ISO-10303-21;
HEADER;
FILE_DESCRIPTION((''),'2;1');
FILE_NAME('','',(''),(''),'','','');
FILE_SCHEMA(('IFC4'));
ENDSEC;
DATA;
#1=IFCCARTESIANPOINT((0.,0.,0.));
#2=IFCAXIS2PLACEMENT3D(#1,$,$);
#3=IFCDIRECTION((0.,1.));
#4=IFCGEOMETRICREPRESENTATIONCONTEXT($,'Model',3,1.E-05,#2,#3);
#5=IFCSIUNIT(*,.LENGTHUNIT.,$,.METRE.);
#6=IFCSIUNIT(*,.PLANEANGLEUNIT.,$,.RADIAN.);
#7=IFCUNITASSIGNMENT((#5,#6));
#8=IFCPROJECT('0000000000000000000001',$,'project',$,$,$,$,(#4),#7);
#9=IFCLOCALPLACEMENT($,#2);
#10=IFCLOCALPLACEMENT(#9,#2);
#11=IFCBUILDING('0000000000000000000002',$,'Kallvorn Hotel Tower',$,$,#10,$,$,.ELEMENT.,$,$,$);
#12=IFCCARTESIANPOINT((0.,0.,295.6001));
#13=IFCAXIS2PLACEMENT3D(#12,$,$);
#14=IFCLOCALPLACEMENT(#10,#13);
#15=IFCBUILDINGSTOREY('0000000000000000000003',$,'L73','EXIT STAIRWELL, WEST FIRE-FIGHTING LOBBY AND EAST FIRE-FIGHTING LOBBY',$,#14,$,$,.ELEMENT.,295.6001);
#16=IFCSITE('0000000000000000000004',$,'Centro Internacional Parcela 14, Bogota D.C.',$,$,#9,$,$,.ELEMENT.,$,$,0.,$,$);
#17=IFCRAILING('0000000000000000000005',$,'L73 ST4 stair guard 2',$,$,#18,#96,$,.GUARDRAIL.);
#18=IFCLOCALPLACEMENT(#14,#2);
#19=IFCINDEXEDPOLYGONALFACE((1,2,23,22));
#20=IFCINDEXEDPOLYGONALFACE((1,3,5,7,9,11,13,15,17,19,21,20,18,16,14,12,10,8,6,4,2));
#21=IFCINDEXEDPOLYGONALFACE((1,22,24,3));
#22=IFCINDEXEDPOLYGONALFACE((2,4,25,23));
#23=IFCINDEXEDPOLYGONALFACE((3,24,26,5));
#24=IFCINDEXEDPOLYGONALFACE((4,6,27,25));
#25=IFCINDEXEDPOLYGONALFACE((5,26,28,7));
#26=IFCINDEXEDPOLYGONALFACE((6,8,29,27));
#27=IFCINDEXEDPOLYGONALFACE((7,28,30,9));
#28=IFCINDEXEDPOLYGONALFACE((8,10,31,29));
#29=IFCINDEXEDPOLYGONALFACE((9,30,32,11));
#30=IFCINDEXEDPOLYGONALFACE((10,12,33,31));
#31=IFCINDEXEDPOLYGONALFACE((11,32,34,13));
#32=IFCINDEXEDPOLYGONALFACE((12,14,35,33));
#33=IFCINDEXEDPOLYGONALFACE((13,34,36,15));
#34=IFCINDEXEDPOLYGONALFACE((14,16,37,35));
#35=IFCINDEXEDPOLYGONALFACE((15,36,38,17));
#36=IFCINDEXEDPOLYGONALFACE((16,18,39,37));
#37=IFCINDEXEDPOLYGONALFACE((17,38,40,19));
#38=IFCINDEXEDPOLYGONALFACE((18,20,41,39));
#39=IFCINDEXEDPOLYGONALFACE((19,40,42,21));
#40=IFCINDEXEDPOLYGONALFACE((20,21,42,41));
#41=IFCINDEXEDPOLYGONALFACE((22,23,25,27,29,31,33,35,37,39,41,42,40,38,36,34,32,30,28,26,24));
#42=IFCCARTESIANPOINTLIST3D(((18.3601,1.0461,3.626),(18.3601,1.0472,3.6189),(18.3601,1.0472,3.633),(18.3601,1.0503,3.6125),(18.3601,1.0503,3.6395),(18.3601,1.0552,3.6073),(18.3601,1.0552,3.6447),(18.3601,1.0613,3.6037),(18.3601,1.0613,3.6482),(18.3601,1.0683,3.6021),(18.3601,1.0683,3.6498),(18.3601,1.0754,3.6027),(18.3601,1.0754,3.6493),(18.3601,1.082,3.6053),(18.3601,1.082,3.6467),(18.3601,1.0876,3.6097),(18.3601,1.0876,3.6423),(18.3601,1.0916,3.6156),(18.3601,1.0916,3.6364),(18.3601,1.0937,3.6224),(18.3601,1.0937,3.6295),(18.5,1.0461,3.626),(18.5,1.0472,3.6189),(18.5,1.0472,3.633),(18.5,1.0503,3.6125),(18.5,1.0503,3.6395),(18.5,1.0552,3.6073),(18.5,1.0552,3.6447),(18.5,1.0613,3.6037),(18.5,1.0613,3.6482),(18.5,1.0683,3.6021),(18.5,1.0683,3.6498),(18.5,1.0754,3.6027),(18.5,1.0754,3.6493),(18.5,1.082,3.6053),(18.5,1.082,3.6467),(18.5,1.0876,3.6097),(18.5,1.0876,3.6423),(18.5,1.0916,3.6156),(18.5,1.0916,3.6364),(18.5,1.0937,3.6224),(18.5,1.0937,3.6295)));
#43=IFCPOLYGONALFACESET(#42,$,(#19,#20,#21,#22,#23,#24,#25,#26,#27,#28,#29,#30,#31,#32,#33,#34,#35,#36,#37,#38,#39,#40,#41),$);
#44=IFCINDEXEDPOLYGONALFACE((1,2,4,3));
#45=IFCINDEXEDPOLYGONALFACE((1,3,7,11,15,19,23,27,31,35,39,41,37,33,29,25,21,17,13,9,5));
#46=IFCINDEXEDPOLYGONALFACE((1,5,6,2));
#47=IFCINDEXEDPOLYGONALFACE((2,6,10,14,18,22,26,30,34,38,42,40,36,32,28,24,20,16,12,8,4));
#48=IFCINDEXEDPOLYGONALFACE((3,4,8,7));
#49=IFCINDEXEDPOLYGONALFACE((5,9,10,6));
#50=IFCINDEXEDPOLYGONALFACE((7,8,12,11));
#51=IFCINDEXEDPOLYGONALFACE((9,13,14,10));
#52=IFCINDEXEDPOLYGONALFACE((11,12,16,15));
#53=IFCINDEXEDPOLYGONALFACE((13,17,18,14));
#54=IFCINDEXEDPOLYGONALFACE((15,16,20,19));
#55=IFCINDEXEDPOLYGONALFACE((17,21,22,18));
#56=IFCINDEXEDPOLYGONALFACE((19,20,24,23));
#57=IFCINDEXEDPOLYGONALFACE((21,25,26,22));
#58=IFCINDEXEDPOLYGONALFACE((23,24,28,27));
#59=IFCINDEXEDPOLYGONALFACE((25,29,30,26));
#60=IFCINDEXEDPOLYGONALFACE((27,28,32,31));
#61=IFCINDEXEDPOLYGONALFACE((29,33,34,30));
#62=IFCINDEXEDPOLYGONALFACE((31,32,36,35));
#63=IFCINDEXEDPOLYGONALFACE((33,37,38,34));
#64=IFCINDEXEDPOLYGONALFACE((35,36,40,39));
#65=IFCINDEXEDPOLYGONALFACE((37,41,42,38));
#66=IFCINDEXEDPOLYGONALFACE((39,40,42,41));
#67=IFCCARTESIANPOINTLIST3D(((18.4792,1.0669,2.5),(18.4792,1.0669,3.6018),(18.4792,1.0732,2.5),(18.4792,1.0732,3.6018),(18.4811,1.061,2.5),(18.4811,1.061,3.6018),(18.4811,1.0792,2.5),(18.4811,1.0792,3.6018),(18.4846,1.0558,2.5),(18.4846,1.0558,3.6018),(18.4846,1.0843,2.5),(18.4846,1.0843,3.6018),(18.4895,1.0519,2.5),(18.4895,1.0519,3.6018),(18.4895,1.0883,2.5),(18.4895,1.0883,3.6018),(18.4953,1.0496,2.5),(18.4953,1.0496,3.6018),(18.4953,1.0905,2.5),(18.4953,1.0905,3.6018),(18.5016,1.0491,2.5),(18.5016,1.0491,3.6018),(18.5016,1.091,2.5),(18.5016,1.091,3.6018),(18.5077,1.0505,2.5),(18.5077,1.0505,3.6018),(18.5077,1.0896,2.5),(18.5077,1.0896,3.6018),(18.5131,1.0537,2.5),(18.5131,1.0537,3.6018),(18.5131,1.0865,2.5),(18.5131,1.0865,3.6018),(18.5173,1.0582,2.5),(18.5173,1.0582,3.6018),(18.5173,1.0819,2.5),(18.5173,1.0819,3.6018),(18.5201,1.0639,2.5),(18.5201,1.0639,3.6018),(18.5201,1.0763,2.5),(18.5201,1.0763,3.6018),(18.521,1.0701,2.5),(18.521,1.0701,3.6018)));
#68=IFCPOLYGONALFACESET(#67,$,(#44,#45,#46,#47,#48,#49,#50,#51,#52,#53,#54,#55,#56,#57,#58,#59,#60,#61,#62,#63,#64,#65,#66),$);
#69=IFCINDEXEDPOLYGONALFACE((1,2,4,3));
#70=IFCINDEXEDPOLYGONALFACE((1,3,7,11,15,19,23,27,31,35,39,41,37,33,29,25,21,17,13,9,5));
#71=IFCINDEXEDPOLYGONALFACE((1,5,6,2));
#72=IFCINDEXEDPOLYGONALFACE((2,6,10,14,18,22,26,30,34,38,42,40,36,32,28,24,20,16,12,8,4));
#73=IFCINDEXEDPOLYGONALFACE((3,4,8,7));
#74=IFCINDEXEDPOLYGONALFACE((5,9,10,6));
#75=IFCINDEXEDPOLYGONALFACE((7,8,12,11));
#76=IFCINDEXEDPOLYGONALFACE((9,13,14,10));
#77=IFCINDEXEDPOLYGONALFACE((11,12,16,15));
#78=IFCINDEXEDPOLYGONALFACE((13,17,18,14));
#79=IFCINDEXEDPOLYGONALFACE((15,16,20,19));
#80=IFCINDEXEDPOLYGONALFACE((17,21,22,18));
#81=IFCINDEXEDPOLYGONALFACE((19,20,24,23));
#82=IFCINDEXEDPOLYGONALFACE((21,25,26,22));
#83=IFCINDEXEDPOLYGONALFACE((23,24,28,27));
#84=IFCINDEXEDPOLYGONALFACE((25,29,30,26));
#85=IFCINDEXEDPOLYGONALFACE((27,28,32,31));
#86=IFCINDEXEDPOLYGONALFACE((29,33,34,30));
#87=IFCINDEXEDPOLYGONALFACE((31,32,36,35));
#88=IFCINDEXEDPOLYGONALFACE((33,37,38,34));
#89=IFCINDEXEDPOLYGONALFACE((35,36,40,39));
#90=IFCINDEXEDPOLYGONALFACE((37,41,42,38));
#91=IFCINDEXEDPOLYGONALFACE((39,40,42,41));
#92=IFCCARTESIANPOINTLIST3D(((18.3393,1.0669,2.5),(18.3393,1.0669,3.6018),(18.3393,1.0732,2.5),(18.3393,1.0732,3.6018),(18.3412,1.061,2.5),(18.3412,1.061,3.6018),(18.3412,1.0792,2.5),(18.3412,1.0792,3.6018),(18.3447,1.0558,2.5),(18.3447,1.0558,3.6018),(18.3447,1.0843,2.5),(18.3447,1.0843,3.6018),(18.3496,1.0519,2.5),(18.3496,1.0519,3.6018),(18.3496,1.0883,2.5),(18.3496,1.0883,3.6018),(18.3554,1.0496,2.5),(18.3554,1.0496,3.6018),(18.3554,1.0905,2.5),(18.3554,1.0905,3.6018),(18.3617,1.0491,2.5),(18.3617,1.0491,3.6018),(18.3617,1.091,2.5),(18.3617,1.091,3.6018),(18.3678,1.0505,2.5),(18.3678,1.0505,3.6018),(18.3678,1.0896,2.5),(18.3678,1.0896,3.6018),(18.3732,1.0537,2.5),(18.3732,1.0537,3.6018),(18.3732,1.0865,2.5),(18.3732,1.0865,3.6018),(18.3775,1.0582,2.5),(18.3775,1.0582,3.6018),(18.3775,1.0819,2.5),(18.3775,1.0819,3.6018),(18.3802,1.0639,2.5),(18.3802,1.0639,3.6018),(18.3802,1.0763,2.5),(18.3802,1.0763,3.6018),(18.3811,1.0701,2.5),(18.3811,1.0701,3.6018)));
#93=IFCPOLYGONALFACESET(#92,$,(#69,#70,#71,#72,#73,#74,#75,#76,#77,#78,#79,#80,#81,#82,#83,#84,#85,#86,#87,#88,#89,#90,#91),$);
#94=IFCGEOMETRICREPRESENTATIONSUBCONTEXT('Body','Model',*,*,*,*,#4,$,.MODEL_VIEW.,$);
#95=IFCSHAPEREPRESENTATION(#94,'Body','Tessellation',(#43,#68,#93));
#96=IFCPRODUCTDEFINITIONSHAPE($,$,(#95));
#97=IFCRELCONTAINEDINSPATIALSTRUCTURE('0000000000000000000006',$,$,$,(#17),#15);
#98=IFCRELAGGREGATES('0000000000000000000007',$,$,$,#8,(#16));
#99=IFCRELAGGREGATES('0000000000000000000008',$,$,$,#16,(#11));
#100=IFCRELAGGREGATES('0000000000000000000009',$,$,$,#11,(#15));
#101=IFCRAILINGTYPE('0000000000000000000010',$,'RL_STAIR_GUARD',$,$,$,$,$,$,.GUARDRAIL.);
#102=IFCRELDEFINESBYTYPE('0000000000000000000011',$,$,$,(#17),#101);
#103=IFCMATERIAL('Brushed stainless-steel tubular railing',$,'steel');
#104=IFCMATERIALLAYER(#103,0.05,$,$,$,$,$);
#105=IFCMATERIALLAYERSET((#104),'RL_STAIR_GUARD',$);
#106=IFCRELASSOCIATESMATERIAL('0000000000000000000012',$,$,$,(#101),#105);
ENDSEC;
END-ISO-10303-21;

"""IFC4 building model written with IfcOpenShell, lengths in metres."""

from ifc_helpers import new_model, si_unit, direction, frame, origin, origin_2d, place, context, subcontext, project, spatial, circle, extrude, material, layer, layer_set, type_object, element, save


model = new_model("IFC4")

# Units and contexts
model_context = context("Model", 3, precision=1e-05, world=origin(), true_north=direction((0.0, 1.0)))
body_context = subcontext(model_context, "Body", "Model", "MODEL_VIEW")
ifc_project = project(units=[si_unit("LENGTHUNIT", "METRE"), si_unit("PLANEANGLEUNIT", "RADIAN")], contexts=[model_context])

# Site, building, storey
site_placement = place(None, origin())
site = spatial("IfcSite", under=ifc_project, at=site_placement, Name="Centro Internacional Parcela 14, Bogota D.C.", CompositionType="ELEMENT", RefElevation=0.0)
building_placement = place(site_placement, origin())
building = spatial("IfcBuilding", under=site, at=building_placement, Name="Kallvorn Hotel Tower", CompositionType="ELEMENT")
storey_placement = place(building_placement, frame((0.0, 0.0, 295.6001)))
storey = spatial("IfcBuildingStorey", under=building, at=storey_placement, Name="L73", Description="EXIT STAIRWELL, WEST FIRE-FIGHTING LOBBY AND EAST FIRE-FIGHTING LOBBY", CompositionType="ELEMENT", Elevation=295.6001)

# Railing
ifc_material_1 = material(Name="Brushed stainless-steel tubular railing", Category="steel")
ifc_layer_1 = layer(ifc_material_1, 0.05)
ifc_layer_set_1 = layer_set([ifc_layer_1], Name="RL_STAIR_GUARD")
railing_type_1 = type_object("IfcRailingType", Name="RL_STAIR_GUARD", PredefinedType="GUARDRAIL", material=ifc_layer_set_1)
railing_1_placement = place(storey_placement, frame((18.5, 1.0701, 2.5)))
element("IfcRailing", 1, at=railing_1_placement, inside=storey, type_object=railing_type_1, Name="L73 ST4 stair guard 2", PredefinedType="GUARDRAIL", context=body_context, shape_type="SweptSolid", body=[
    extrude(circle(Radius=0.0239, at=origin_2d()), frame((0.0, 0.0, 1.126), z_axis=(-1.0, 0.0, 0.0), x_axis=(0.0, -1.0, 0.0)), (0.0, 0.0, 1.0), 0.1399),
    extrude(circle(Radius=0.021, at=origin_2d()), origin(), (0.0, 0.0, 1.0), 1.1018),
    extrude(circle(Radius=0.021, at=origin_2d()), frame((-0.1399, 0.0, 0.0)), (0.0, 0.0, 1.0), 1.1018),
])

save(model, "model.ifc")
